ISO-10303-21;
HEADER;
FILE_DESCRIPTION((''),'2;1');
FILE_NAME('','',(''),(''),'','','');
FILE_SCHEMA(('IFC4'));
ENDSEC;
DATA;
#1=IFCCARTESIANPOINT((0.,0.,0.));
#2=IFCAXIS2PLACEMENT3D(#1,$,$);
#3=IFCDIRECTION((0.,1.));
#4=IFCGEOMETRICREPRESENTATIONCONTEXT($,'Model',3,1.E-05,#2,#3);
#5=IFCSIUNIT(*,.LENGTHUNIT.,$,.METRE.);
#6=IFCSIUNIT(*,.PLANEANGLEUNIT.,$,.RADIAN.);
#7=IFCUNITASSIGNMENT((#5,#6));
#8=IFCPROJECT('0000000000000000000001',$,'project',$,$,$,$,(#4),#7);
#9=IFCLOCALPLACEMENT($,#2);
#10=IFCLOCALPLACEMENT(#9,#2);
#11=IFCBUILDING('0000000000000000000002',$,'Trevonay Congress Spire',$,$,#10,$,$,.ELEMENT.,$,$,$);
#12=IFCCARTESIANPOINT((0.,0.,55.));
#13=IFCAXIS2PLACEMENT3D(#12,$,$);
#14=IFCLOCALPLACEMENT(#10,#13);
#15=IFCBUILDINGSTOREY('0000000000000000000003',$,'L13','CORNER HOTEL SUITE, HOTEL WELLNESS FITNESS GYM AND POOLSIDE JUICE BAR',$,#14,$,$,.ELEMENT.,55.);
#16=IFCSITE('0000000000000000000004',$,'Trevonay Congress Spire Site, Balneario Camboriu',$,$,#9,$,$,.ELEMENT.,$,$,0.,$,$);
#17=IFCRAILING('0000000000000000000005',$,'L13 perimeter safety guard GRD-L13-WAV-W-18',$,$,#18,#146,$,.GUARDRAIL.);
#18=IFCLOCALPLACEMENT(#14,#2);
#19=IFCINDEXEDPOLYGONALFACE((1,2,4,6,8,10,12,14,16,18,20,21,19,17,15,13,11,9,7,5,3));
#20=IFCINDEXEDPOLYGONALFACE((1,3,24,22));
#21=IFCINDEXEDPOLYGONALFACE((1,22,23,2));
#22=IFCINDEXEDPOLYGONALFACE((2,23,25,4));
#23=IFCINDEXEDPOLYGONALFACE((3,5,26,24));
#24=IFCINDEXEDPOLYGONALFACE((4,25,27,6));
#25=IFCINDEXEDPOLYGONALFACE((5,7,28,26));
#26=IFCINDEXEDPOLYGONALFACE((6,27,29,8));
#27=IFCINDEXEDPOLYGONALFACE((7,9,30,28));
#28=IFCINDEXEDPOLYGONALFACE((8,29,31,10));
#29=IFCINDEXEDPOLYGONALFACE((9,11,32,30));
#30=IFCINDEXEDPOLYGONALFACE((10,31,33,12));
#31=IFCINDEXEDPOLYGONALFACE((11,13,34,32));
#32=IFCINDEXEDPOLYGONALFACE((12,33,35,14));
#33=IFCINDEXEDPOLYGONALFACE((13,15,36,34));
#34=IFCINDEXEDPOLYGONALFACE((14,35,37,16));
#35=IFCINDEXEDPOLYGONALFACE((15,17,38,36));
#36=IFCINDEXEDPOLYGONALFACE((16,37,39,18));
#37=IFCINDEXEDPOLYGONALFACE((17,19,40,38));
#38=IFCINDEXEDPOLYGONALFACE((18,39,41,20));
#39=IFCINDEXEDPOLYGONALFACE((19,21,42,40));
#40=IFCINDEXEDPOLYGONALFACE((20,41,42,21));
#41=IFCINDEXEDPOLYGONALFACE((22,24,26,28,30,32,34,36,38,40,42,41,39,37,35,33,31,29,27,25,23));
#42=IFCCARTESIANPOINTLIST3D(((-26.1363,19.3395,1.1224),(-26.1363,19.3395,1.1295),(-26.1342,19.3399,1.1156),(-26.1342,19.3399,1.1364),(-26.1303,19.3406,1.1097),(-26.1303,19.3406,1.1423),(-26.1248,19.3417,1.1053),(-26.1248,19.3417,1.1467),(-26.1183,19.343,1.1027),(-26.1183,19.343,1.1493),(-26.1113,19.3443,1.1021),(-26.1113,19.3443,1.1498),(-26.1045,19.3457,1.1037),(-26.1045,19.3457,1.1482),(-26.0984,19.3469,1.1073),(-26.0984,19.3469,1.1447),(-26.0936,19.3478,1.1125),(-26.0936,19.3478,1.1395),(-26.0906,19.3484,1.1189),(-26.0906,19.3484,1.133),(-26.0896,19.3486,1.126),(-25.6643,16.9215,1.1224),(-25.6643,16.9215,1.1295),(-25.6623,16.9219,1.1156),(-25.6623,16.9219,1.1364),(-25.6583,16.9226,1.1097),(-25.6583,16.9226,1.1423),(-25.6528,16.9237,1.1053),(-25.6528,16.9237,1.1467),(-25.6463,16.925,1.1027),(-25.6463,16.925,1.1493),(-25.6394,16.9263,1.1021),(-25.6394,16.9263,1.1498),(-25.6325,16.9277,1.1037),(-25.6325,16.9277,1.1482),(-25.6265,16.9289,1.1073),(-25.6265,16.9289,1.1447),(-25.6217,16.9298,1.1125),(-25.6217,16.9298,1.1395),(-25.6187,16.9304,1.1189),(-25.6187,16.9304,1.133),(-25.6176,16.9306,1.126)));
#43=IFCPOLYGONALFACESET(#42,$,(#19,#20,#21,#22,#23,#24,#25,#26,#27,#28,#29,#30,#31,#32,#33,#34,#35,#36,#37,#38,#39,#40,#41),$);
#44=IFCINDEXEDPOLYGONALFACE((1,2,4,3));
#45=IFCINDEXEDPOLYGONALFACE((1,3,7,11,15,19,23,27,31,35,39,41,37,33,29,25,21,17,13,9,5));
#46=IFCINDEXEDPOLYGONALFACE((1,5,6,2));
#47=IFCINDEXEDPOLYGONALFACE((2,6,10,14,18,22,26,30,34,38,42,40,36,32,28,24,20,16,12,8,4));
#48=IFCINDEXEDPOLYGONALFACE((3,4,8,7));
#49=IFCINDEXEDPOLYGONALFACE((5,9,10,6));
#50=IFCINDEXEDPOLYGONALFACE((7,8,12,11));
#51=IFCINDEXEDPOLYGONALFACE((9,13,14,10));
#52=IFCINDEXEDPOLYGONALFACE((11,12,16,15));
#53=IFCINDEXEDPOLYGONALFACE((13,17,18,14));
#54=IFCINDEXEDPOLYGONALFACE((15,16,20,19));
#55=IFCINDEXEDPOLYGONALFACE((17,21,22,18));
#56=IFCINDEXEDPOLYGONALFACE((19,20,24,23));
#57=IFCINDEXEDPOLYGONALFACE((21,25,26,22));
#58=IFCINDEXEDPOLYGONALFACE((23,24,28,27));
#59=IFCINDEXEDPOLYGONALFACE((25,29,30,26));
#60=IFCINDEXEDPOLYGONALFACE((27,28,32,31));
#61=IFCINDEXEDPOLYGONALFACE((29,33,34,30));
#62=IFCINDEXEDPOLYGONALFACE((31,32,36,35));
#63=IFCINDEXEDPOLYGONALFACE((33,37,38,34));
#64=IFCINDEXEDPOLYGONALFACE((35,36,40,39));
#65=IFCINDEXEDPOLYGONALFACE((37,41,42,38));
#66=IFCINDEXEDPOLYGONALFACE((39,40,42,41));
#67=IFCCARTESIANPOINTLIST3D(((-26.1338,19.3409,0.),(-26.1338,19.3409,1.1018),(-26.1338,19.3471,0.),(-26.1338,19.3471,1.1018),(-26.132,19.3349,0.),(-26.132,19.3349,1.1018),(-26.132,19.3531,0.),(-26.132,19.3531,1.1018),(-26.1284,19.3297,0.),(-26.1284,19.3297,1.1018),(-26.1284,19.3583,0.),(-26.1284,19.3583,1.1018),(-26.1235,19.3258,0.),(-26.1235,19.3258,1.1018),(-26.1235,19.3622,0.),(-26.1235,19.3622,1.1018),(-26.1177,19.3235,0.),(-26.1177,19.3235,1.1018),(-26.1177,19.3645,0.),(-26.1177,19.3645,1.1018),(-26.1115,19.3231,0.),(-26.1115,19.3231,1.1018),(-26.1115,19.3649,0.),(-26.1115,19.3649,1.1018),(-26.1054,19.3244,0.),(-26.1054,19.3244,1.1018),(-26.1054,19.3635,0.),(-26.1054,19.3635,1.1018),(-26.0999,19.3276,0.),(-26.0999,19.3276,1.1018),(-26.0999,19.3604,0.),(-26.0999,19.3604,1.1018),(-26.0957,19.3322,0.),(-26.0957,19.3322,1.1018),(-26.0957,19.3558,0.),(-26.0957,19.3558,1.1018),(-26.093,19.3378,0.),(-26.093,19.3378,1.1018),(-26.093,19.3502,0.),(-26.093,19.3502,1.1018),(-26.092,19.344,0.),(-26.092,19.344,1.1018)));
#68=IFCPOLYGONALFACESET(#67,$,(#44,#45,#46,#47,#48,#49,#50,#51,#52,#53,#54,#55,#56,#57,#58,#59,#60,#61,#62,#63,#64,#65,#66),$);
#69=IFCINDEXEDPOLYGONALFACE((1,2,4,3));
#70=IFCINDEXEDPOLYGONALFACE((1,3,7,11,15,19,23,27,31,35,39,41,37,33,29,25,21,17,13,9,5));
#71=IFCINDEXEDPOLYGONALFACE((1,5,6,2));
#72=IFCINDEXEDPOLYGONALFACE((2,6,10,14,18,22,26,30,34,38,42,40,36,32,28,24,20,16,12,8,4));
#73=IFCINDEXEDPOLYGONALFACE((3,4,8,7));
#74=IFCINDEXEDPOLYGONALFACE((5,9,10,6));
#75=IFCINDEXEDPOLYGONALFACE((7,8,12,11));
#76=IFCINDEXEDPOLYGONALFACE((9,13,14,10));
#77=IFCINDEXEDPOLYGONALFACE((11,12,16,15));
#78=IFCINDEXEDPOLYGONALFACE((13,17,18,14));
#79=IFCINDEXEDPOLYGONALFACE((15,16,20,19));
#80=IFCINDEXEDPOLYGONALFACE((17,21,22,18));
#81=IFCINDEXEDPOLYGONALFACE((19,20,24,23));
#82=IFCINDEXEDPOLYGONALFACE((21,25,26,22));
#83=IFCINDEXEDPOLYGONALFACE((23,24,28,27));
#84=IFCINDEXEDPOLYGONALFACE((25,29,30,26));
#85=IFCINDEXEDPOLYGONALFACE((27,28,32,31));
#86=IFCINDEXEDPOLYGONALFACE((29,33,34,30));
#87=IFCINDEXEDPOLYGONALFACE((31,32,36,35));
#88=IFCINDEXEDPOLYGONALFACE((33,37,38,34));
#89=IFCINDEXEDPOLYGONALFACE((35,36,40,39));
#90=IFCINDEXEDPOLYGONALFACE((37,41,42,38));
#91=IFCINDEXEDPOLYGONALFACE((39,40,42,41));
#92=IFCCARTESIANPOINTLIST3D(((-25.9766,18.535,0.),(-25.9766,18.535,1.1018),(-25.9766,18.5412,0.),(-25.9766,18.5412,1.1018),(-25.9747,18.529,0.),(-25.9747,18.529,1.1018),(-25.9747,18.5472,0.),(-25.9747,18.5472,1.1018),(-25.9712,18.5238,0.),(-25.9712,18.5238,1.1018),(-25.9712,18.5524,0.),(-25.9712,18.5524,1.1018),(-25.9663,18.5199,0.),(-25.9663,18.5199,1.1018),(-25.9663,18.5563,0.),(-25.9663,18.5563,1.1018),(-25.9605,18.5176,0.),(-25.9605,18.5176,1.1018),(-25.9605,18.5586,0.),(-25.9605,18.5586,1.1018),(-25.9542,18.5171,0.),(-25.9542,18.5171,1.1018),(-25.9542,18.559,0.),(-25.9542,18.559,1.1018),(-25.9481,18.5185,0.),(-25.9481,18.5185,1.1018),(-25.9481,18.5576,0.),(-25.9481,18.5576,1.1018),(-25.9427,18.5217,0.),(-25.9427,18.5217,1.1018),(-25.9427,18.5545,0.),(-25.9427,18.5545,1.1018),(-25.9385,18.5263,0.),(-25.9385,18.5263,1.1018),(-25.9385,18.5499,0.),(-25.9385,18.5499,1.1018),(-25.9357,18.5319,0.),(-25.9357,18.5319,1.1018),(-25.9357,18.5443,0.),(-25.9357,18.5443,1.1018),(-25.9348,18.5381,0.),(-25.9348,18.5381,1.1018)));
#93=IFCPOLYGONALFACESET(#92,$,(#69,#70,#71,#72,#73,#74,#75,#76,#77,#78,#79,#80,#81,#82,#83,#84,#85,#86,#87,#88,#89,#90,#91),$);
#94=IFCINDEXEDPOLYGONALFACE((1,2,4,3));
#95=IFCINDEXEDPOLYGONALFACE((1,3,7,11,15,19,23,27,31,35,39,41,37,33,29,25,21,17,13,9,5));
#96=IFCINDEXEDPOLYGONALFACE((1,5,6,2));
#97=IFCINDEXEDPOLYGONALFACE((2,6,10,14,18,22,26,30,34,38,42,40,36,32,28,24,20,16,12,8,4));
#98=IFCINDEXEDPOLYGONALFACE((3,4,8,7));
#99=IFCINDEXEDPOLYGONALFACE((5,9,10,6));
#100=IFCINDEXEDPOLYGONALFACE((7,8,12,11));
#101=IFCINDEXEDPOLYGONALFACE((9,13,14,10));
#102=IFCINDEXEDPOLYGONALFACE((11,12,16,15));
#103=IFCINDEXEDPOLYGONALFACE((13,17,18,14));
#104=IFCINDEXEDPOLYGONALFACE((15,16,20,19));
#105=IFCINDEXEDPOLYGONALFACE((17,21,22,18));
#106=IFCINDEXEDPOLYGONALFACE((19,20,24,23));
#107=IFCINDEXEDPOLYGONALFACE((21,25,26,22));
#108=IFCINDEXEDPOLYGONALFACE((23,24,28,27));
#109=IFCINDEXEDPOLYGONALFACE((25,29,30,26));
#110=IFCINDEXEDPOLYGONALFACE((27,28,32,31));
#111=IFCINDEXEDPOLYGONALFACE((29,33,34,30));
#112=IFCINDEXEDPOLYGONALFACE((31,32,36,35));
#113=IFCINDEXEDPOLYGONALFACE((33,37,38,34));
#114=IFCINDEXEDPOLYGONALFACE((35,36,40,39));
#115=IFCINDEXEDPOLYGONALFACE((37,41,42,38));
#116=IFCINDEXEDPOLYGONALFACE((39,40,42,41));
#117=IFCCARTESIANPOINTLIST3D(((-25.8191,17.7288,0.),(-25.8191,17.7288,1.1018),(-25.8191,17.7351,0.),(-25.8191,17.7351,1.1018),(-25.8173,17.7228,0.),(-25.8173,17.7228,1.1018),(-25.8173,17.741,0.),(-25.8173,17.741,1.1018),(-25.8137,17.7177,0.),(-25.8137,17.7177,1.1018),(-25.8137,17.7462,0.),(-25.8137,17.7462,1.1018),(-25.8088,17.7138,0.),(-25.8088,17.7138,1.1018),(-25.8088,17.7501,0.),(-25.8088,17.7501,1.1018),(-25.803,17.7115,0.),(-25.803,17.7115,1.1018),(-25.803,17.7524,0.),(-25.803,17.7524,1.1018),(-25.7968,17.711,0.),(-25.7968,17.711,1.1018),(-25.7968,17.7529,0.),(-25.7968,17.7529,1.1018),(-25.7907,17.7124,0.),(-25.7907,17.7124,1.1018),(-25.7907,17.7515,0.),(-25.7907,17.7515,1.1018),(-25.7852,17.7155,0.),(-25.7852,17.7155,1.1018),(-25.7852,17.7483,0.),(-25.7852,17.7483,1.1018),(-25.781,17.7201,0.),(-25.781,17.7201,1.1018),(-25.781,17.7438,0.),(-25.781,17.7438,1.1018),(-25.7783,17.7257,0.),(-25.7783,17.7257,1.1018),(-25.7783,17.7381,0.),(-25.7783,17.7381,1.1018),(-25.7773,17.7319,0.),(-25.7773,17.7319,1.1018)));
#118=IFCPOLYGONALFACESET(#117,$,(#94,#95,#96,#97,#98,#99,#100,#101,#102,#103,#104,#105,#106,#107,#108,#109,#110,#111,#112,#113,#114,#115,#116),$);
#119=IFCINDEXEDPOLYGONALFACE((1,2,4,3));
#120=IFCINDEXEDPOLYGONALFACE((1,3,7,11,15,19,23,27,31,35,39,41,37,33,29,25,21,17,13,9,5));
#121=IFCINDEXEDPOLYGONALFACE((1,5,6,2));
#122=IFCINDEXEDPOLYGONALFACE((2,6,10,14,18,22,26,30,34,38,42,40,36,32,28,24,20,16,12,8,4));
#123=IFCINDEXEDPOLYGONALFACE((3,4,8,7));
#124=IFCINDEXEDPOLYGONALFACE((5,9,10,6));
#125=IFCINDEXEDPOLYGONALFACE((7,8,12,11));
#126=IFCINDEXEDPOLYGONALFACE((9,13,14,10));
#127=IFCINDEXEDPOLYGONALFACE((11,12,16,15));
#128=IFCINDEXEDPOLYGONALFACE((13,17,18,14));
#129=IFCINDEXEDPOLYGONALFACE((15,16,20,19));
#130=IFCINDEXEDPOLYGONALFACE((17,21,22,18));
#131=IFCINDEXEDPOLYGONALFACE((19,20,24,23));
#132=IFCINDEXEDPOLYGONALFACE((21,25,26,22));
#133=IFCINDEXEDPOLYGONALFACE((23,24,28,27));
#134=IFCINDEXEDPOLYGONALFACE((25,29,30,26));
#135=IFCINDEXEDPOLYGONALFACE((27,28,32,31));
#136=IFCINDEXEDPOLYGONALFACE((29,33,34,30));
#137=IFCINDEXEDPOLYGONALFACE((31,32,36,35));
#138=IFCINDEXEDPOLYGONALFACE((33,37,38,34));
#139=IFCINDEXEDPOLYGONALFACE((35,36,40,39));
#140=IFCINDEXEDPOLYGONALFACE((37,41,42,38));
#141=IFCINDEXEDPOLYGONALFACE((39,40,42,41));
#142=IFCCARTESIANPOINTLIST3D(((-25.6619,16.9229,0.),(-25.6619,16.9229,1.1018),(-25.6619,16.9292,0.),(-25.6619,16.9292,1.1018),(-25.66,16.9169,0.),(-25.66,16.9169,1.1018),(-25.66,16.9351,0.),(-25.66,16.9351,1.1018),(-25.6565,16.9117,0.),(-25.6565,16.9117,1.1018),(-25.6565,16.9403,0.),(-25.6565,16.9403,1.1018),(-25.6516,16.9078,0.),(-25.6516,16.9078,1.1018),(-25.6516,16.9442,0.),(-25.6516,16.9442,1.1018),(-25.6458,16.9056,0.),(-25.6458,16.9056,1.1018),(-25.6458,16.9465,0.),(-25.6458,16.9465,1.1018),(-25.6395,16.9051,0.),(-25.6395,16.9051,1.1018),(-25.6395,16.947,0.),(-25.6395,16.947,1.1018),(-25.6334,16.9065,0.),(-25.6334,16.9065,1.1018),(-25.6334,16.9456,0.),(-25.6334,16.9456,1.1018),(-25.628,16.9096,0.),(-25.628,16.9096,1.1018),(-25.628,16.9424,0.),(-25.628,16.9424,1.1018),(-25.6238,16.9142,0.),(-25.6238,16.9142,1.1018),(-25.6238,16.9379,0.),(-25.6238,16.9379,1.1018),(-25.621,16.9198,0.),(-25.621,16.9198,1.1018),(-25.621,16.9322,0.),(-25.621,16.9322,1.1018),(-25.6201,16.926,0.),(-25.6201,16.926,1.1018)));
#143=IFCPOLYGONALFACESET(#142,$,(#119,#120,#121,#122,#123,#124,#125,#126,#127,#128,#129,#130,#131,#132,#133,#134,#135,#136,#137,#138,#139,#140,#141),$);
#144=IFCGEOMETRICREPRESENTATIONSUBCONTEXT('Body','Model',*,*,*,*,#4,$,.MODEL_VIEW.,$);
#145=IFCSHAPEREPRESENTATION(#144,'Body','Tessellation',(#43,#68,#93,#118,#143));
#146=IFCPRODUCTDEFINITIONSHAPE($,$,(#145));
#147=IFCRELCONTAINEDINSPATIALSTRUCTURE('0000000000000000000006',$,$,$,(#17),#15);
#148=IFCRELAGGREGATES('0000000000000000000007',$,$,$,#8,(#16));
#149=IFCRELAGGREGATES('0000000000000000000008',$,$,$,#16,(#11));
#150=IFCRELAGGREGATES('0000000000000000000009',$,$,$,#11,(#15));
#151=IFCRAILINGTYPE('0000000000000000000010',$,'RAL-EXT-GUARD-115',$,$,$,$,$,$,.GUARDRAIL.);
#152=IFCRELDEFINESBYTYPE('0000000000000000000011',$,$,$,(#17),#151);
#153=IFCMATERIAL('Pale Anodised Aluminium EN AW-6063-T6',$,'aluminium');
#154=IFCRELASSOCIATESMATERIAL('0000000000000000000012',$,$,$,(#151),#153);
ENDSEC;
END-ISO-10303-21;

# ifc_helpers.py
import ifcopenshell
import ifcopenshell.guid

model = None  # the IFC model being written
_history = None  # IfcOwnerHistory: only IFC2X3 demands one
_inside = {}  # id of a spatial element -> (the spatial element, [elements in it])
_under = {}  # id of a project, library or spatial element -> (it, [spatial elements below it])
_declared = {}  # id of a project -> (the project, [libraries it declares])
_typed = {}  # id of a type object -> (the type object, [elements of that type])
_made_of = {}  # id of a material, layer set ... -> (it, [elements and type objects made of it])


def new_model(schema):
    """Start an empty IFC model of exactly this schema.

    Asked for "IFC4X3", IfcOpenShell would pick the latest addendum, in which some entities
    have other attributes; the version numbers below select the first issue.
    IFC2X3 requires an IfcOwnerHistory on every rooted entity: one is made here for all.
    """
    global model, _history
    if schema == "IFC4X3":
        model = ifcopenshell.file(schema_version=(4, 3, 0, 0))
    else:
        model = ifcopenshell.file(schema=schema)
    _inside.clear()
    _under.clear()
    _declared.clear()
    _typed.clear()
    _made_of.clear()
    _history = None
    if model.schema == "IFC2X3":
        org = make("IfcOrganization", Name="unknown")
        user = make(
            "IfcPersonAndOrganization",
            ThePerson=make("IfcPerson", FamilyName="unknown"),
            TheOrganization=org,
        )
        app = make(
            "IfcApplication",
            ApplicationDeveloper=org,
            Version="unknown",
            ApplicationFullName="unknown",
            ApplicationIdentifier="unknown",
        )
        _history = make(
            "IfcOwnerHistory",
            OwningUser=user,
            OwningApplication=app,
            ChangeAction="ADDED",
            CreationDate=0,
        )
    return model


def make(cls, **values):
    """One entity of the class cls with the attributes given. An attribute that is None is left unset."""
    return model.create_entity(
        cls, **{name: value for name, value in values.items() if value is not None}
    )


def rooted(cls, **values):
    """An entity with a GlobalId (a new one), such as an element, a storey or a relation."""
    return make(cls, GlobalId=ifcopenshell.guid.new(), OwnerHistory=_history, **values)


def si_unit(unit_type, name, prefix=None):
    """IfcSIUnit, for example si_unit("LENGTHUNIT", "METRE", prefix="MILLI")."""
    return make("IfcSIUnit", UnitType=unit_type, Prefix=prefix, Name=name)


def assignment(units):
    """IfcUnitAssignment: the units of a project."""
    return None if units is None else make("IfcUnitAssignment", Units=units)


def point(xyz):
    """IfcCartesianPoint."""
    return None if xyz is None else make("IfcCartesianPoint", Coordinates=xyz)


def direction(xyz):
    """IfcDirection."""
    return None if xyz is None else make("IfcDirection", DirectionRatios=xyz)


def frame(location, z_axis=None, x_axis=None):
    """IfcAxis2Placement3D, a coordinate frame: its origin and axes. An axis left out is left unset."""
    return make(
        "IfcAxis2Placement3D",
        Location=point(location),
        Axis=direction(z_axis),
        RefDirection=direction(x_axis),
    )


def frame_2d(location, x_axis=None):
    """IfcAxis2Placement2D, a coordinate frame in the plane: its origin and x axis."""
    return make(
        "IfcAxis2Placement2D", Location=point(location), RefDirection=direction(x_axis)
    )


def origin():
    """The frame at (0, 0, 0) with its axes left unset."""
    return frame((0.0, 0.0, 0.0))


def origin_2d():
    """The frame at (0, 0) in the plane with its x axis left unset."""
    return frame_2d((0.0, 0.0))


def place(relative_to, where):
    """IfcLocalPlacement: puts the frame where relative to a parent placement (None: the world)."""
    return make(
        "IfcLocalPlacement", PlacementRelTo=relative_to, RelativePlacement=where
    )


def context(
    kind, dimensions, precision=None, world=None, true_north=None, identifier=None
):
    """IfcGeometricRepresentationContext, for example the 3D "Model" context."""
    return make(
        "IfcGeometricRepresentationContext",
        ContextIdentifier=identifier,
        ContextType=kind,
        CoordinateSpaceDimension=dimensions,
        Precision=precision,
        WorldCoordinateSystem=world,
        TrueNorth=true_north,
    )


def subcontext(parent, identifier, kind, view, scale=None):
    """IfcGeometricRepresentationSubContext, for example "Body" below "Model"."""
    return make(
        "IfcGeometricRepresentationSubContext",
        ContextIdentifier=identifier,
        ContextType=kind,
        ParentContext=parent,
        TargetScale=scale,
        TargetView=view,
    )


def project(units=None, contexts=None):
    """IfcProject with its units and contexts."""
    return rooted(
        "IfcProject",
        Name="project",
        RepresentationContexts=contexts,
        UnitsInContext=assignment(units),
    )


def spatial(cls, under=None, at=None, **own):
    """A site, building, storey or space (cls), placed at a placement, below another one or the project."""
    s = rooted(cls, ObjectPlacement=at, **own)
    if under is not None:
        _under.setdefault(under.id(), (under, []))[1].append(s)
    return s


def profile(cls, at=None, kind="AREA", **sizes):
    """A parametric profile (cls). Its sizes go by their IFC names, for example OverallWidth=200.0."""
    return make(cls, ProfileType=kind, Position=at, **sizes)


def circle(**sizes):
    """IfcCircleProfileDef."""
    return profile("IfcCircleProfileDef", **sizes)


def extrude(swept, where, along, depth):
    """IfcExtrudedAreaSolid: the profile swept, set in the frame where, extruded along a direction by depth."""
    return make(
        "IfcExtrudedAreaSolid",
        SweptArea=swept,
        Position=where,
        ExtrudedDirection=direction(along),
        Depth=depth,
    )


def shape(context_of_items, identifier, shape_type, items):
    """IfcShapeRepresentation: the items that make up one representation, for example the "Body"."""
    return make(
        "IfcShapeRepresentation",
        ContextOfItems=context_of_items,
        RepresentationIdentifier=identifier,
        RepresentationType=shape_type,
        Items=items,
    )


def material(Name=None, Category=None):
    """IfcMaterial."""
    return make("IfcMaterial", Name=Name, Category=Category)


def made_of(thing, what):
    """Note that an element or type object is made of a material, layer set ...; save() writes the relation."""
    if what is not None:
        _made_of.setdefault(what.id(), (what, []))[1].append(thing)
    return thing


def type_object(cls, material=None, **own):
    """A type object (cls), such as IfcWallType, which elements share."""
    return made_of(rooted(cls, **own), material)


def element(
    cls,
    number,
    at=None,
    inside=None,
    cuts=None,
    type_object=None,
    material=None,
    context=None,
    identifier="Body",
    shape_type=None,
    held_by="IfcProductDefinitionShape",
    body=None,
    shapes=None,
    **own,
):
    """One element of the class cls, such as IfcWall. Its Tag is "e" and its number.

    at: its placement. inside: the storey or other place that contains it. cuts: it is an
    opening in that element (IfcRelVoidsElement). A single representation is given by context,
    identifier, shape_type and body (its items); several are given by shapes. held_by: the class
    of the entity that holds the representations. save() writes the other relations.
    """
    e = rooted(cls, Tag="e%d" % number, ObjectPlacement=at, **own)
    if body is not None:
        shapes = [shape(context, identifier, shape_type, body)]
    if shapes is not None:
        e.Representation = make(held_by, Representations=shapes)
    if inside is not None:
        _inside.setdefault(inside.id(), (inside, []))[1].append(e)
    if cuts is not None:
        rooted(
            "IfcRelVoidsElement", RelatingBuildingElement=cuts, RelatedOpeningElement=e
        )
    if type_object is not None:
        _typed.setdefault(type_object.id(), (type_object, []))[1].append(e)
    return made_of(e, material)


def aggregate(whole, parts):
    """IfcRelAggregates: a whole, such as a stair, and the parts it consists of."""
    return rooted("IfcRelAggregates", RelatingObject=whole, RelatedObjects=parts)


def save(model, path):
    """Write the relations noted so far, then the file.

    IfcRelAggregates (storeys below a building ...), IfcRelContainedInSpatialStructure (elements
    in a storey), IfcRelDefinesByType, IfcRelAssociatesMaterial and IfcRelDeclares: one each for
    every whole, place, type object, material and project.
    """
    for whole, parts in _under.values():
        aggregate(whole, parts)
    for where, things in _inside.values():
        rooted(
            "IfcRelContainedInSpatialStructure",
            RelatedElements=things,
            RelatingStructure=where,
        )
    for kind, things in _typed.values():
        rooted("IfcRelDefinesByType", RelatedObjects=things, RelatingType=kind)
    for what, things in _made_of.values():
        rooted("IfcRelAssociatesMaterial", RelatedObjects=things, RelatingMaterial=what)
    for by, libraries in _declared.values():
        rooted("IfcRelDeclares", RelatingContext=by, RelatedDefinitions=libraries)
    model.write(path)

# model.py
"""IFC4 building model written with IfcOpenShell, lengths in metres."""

from ifc_helpers import new_model, si_unit, direction, frame, origin, origin_2d, place, context, subcontext, project, spatial, circle, extrude, material, type_object, element, save


model = new_model("IFC4")

# Units and contexts
model_context = context("Model", 3, precision=1e-05, world=origin(), true_north=direction((0.0, 1.0)))
body_context = subcontext(model_context, "Body", "Model", "MODEL_VIEW")
ifc_project = project(units=[si_unit("LENGTHUNIT", "METRE"), si_unit("PLANEANGLEUNIT", "RADIAN")], contexts=[model_context])

# Site, building, storey
site_placement = place(None, origin())
site = spatial("IfcSite", under=ifc_project, at=site_placement, Name="Trevonay Congress Spire Site, Balneario Camboriu", CompositionType="ELEMENT", RefElevation=0.0)
building_placement = place(site_placement, origin())
building = spatial("IfcBuilding", under=site, at=building_placement, Name="Trevonay Congress Spire", CompositionType="ELEMENT")
storey_placement = place(building_placement, frame((0.0, 0.0, 55.0)))
storey = spatial("IfcBuildingStorey", under=building, at=storey_placement, Name="L13", Description="CORNER HOTEL SUITE, HOTEL WELLNESS FITNESS GYM AND POOLSIDE JUICE BAR", CompositionType="ELEMENT", Elevation=55.0)

# Shared definitions
ifc_material_1 = material(Name="Pale Anodised Aluminium EN AW-6063-T6", Category="aluminium")

# Railing
railing_type = type_object("IfcRailingType", Name="RAL-EXT-GUARD-115", PredefinedType="GUARDRAIL", material=ifc_material_1)
railing_1_placement = place(storey_placement, frame((-26.113, 19.344, 0.0)))
element("IfcRailing", 1, at=railing_1_placement, inside=storey, type_object=railing_type, Name="L13 perimeter safety guard GRD-L13-WAV-W-18", PredefinedType="GUARDRAIL", context=body_context, shape_type="SweptSolid", body=[
    extrude(circle(Radius=0.0239, at=origin_2d()), frame((0.0, 0.0, 1.126), z_axis=(0.191559, -0.981481, 0.0), x_axis=(0.981481, 0.191559, 0.0)), (0.0, 0.0, 1.0), 2.4636),
    extrude(circle(Radius=0.021, at=origin_2d()), origin(), (0.0, 0.0, 1.0), 1.1018),
    extrude(circle(Radius=0.021, at=origin_2d()), frame((0.1572, -0.8059, 0.0)), (0.0, 0.0, 1.0), 1.1018),
    extrude(circle(Radius=0.021, at=origin_2d()), frame((0.3147, -1.6121, 0.0)), (0.0, 0.0, 1.0), 1.1018),
    extrude(circle(Radius=0.021, at=origin_2d()), frame((0.4719, -2.418, 0.0)), (0.0, 0.0, 1.0), 1.1018),
])

save(model, "model.ifc")
